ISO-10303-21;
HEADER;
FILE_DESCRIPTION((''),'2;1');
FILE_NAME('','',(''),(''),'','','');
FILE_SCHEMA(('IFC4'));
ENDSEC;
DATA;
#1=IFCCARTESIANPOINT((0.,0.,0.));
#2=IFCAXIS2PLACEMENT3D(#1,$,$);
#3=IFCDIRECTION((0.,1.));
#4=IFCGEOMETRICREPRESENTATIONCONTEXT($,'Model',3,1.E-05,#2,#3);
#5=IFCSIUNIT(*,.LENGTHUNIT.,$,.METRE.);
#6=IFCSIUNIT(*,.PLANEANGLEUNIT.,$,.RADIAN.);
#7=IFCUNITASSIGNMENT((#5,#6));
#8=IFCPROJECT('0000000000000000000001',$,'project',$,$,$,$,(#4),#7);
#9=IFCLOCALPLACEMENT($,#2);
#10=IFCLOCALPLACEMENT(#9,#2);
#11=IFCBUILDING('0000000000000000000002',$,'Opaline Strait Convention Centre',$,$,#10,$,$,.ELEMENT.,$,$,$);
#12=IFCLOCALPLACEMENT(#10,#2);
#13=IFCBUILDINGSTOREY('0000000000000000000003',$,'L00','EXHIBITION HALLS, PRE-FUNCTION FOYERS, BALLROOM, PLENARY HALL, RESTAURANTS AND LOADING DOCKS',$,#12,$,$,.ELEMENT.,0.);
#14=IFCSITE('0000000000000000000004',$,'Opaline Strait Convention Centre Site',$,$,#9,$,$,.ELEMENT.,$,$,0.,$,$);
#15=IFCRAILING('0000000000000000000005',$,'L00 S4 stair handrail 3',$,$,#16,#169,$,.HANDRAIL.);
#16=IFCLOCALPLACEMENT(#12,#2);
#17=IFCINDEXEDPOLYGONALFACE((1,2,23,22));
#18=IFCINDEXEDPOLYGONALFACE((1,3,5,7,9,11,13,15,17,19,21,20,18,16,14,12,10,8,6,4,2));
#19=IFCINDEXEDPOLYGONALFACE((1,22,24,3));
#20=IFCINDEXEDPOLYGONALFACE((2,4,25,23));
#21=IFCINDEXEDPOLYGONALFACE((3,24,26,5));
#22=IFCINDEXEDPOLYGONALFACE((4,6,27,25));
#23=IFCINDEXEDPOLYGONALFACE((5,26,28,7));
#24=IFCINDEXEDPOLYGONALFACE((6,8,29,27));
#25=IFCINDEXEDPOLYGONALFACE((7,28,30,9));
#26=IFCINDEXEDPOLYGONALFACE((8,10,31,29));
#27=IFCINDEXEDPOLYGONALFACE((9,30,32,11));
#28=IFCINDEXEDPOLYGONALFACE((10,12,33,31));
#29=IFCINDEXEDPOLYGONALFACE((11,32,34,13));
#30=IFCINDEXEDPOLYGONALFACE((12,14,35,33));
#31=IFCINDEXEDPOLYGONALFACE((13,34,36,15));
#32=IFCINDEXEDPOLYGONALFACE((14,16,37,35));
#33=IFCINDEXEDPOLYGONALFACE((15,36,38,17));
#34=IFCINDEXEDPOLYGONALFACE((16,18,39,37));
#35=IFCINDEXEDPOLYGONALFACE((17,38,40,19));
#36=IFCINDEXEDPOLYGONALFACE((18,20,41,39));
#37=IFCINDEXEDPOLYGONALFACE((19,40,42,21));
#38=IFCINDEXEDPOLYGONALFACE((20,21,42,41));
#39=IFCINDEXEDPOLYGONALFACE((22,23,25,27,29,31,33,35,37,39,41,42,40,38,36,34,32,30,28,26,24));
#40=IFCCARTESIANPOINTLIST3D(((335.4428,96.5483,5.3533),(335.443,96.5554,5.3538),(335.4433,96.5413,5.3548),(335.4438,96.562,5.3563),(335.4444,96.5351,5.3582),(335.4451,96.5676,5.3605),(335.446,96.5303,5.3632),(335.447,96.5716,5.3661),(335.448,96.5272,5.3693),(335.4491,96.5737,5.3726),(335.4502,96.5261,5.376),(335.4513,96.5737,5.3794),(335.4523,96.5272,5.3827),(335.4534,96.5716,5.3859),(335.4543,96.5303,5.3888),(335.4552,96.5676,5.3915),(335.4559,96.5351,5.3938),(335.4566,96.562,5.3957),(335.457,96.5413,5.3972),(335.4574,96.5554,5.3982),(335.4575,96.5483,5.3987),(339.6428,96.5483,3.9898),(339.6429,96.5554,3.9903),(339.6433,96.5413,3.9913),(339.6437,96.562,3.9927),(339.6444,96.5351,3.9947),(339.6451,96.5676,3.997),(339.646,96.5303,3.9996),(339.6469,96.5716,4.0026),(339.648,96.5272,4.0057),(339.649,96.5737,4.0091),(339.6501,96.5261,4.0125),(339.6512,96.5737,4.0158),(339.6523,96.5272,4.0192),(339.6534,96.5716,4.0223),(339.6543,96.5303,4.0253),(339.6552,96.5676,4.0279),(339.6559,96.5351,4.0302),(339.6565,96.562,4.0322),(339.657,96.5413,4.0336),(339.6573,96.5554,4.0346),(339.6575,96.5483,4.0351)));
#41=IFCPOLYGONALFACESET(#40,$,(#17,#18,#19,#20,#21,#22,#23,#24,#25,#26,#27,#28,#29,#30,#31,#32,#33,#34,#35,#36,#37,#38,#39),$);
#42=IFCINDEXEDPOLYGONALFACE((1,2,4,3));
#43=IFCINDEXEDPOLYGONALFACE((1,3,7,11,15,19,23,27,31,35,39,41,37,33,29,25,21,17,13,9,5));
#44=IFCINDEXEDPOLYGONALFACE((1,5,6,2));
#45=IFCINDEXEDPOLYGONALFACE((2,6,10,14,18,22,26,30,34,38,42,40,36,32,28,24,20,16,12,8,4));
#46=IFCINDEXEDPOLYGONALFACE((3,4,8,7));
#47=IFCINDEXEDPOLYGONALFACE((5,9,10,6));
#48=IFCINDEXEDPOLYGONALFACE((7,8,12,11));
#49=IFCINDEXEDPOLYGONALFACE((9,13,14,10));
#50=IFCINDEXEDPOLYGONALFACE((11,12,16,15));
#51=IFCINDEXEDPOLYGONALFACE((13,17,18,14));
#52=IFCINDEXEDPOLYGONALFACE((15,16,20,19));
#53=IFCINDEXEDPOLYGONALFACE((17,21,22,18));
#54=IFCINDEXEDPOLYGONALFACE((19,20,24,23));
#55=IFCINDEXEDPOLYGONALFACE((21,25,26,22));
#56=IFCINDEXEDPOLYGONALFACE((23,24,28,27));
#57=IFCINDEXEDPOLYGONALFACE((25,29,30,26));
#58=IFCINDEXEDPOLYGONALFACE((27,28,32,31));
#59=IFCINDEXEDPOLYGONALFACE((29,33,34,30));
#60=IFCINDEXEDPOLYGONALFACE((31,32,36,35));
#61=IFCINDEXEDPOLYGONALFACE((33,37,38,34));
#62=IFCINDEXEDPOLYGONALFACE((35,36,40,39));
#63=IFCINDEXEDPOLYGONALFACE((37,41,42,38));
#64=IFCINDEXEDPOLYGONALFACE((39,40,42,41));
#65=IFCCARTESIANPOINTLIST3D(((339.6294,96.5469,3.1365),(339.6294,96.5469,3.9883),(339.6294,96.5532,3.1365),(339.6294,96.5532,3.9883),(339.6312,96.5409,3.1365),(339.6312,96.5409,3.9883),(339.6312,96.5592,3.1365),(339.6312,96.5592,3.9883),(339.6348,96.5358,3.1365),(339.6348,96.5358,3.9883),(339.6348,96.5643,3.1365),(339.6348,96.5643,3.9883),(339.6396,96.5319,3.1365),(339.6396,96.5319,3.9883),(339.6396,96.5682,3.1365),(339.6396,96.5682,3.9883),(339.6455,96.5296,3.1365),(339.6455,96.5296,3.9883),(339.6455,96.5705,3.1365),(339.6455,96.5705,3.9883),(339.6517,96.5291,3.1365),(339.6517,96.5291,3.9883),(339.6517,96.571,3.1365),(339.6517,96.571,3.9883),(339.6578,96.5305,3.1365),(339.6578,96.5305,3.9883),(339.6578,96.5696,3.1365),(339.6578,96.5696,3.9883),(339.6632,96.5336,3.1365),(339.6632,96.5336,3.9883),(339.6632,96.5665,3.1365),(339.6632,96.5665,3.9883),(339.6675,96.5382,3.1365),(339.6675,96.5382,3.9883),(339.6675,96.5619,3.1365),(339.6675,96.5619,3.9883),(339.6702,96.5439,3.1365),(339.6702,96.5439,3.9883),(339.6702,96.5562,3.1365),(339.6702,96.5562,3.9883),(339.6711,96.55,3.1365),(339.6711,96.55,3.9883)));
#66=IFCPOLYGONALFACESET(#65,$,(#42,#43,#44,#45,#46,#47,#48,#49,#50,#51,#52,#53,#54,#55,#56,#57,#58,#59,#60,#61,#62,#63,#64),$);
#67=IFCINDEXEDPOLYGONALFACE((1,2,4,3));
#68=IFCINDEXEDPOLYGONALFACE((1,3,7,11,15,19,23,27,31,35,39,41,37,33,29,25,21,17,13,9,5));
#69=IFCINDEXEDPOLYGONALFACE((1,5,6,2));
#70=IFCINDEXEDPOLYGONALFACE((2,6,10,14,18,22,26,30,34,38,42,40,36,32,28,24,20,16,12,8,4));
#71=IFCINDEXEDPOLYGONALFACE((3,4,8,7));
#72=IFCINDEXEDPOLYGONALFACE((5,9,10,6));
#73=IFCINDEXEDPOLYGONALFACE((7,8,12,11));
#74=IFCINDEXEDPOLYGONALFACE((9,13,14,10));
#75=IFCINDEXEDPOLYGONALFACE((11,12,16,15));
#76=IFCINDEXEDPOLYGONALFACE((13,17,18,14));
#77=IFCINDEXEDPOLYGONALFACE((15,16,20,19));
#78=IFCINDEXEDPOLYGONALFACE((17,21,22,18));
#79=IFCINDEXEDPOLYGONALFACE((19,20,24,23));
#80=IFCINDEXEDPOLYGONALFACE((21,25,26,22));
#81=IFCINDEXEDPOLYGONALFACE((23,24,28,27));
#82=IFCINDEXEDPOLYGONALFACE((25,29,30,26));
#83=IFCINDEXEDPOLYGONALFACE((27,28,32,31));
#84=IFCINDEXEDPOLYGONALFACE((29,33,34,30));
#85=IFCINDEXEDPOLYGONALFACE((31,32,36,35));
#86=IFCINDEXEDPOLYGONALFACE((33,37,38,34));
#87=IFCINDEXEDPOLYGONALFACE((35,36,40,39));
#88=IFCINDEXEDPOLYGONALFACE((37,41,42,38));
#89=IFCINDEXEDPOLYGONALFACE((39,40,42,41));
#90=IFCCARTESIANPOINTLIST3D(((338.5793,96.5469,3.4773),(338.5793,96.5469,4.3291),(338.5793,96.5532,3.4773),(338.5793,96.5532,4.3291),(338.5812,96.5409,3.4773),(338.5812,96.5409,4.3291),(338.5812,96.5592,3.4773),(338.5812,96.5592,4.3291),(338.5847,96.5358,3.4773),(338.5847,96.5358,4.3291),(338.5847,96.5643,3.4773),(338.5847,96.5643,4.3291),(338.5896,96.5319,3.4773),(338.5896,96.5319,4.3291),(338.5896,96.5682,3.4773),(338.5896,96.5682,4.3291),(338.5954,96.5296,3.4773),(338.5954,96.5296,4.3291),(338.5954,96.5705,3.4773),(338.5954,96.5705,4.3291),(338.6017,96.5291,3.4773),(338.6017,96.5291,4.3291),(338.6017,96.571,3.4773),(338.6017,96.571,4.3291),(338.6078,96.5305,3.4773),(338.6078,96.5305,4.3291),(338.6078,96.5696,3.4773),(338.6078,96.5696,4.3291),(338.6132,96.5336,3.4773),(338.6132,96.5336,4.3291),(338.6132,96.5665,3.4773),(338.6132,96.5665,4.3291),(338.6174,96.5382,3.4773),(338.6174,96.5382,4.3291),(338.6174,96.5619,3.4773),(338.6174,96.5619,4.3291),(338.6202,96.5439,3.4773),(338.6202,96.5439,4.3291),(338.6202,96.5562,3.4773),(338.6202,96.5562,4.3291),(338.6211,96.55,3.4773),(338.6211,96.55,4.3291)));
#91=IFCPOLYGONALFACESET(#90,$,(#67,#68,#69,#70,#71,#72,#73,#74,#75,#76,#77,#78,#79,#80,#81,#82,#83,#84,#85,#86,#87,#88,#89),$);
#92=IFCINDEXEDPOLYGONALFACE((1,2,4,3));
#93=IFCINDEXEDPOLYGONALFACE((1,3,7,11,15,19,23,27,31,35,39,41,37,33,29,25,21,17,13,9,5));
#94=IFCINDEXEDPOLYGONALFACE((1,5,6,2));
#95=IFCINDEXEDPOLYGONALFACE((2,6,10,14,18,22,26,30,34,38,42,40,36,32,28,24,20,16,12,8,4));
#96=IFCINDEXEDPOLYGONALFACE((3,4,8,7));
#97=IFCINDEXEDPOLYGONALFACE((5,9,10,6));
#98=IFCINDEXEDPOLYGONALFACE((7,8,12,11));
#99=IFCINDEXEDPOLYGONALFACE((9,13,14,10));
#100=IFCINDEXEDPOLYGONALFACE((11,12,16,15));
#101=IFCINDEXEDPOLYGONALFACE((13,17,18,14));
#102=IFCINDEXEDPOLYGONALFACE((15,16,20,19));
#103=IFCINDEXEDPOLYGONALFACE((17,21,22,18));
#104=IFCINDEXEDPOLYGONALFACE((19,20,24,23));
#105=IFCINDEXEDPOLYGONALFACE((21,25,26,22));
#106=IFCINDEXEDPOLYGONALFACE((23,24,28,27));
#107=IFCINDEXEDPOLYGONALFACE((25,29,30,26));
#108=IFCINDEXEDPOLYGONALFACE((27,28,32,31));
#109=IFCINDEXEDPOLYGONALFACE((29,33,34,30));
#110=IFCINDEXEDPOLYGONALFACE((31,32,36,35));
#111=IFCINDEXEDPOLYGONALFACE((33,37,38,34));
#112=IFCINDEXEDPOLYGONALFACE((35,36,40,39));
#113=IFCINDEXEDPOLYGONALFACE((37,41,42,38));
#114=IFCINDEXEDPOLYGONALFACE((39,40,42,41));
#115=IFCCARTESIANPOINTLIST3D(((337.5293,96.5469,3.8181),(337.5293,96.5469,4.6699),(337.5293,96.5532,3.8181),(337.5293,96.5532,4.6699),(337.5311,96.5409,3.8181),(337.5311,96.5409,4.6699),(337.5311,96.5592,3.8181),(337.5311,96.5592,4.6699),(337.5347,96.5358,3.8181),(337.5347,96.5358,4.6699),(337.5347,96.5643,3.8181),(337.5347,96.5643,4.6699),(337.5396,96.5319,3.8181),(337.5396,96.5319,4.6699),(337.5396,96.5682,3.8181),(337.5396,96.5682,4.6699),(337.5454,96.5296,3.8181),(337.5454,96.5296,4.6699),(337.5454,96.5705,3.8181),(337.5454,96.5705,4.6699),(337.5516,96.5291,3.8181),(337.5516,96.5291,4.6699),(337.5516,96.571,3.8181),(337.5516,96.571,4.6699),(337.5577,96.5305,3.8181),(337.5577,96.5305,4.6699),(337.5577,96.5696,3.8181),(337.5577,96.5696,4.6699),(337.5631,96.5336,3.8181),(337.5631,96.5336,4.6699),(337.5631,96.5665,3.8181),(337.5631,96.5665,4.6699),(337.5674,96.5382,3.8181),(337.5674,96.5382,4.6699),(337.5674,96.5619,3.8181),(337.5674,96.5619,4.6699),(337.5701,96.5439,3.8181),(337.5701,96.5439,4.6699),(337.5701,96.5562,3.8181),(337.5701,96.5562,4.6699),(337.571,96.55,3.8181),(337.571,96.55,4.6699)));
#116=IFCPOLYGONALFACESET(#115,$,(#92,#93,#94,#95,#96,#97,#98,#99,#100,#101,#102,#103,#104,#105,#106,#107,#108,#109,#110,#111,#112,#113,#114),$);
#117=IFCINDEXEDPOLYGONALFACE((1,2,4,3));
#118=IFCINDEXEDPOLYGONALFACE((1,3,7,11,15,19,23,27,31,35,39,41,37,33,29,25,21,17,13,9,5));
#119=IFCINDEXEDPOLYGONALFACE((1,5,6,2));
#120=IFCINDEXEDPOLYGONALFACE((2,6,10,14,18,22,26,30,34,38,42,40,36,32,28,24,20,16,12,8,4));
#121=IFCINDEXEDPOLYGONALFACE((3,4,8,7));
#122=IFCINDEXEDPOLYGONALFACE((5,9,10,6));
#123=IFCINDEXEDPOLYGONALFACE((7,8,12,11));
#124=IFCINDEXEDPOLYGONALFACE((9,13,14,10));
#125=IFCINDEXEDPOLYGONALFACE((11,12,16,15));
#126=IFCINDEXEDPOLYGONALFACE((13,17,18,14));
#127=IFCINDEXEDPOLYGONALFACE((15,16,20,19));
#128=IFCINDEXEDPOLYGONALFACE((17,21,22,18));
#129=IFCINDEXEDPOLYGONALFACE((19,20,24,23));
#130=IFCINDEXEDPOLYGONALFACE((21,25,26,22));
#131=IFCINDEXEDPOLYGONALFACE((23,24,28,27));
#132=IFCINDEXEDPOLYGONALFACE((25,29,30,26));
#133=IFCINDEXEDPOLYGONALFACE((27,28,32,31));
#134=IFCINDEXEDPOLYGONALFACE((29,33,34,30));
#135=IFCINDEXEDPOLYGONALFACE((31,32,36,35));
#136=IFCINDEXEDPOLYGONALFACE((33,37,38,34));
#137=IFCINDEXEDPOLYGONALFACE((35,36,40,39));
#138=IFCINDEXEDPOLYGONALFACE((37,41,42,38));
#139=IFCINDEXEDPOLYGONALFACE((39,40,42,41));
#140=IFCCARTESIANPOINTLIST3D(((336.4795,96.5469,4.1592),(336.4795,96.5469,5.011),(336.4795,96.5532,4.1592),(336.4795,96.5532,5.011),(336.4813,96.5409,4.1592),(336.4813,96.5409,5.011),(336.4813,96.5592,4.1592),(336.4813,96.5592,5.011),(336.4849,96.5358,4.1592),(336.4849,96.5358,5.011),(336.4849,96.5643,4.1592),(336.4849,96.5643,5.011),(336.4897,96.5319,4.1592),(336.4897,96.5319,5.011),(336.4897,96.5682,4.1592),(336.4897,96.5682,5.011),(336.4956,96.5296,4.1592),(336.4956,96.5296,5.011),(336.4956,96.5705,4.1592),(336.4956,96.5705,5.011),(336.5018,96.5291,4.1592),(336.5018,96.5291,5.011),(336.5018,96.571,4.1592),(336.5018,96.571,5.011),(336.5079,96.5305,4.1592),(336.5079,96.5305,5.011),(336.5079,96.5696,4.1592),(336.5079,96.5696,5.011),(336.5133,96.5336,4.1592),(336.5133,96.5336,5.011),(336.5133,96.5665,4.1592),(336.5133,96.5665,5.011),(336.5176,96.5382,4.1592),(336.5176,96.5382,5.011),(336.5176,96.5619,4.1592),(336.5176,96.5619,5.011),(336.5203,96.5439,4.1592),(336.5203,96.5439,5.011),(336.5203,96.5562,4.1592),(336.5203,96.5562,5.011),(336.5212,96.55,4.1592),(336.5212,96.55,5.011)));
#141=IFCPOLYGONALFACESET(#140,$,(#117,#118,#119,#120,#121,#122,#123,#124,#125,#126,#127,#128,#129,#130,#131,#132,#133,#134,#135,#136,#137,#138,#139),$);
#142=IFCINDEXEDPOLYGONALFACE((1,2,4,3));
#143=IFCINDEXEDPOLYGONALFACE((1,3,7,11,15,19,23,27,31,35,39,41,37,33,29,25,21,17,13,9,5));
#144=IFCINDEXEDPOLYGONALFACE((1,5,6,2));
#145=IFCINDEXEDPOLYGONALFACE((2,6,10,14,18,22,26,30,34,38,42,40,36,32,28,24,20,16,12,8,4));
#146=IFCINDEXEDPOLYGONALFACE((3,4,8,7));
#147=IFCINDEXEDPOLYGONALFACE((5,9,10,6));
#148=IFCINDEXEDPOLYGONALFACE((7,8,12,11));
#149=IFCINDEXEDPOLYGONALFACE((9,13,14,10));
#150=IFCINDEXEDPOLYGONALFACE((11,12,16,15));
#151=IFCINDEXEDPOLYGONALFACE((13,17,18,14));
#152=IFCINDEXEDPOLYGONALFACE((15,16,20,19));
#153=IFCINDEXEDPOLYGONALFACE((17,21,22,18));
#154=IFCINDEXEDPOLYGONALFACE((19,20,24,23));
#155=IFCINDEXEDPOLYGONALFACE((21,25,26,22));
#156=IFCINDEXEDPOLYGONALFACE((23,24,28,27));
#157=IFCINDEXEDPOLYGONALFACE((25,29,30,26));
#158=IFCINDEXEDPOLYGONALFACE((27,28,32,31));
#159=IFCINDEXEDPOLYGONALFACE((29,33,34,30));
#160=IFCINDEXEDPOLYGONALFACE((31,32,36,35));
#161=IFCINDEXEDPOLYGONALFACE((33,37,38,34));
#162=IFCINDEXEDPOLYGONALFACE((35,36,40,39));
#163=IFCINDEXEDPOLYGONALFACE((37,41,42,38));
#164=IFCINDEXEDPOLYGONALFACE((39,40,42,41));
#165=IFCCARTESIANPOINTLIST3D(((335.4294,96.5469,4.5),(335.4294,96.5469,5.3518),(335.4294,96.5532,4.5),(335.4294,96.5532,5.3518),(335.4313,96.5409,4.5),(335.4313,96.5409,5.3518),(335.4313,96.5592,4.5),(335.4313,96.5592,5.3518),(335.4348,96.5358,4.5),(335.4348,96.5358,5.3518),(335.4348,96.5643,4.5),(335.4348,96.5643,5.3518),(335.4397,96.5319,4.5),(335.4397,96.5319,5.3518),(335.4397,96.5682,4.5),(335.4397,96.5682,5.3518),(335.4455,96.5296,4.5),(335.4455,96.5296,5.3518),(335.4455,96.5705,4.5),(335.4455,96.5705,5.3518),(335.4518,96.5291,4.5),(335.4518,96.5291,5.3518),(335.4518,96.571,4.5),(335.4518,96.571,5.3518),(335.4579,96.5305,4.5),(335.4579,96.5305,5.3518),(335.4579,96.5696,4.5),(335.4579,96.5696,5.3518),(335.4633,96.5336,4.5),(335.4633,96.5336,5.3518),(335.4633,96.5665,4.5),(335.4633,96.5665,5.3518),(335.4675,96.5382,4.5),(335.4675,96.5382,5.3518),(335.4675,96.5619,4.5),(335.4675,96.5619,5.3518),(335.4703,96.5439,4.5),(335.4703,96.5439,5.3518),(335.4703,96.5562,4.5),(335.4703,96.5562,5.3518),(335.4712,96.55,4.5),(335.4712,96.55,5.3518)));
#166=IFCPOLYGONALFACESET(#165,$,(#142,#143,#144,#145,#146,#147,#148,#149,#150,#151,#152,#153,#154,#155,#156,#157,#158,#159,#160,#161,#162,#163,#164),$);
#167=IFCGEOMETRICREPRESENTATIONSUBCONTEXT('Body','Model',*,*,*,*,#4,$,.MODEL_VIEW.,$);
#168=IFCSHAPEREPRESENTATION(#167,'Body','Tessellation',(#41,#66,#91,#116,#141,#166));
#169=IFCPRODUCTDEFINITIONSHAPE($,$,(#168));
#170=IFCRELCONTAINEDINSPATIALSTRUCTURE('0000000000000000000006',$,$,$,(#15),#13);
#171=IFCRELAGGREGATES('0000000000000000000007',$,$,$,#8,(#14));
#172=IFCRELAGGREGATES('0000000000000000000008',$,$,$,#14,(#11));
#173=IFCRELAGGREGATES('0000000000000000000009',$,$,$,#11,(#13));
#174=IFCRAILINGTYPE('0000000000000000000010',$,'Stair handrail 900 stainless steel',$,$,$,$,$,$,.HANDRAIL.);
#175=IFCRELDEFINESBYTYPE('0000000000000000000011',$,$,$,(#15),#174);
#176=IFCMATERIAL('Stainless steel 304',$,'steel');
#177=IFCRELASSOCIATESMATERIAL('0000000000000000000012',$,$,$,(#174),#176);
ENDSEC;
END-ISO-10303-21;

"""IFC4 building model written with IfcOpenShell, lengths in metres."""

from ifc_helpers import new_model, si_unit, direction, frame, origin, origin_2d, place, context, subcontext, project, spatial, circle, extrude, material, type_object, element, save


model = new_model("IFC4")

# Units and contexts
model_context = context("Model", 3, precision=1e-05, world=origin(), true_north=direction((0.0, 1.0)))
body_context = subcontext(model_context, "Body", "Model", "MODEL_VIEW")
ifc_project = project(units=[si_unit("LENGTHUNIT", "METRE"), si_unit("PLANEANGLEUNIT", "RADIAN")], contexts=[model_context])

# Site, building, storey
site_placement = place(None, origin())
site = spatial("IfcSite", under=ifc_project, at=site_placement, Name="Opaline Strait Convention Centre Site", CompositionType="ELEMENT", RefElevation=0.0)
building_placement = place(site_placement, origin())
building = spatial("IfcBuilding", under=site, at=building_placement, Name="Opaline Strait Convention Centre", CompositionType="ELEMENT")
storey_placement = place(building_placement, origin())
storey = spatial("IfcBuildingStorey", under=building, at=storey_placement, Name="L00", Description="EXHIBITION HALLS, PRE-FUNCTION FOYERS, BALLROOM, PLENARY HALL, RESTAURANTS AND LOADING DOCKS", CompositionType="ELEMENT", Elevation=0.0)

# Railing
ifc_material_1 = material(Name="Stainless steel 304", Category="steel")
railing_type_1 = type_object("IfcRailingType", Name="Stair handrail 900 stainless steel", PredefinedType="HANDRAIL", material=ifc_material_1)
railing_1_placement = place(storey_placement, frame((339.6501, 96.55, 3.1365)))
element("IfcRailing", 1, at=railing_1_placement, inside=storey, type_object=railing_type_1, Name="L00 S4 stair handrail 3", PredefinedType="HANDRAIL", context=body_context, shape_type="SweptSolid", body=[
    extrude(circle(Radius=0.0239, at=origin_2d()), frame((0.0, 0.0, 0.876), z_axis=(-0.951131, 0.0, 0.308787), x_axis=(0.0, -1.0, 0.0)), (0.0, 0.0, 1.0), 4.4158),
    extrude(circle(Radius=0.021, at=origin_2d()), origin(), (0.0, 0.0, 1.0), 0.8518),
    extrude(circle(Radius=0.021, at=origin_2d()), frame((-1.05, 0.0, 0.3408)), (0.0, 0.0, 1.0), 0.8518),
    extrude(circle(Radius=0.021, at=origin_2d()), frame((-2.1001, 0.0, 0.6816)), (0.0, 0.0, 1.0), 0.8518),
    extrude(circle(Radius=0.021, at=origin_2d()), frame((-3.1499, 0.0, 1.0227)), (0.0, 0.0, 1.0), 0.8518),
    extrude(circle(Radius=0.021, at=origin_2d()), frame((-4.2, 0.0, 1.3635)), (0.0, 0.0, 1.0), 0.8518),
])

save(model, "model.ifc")
